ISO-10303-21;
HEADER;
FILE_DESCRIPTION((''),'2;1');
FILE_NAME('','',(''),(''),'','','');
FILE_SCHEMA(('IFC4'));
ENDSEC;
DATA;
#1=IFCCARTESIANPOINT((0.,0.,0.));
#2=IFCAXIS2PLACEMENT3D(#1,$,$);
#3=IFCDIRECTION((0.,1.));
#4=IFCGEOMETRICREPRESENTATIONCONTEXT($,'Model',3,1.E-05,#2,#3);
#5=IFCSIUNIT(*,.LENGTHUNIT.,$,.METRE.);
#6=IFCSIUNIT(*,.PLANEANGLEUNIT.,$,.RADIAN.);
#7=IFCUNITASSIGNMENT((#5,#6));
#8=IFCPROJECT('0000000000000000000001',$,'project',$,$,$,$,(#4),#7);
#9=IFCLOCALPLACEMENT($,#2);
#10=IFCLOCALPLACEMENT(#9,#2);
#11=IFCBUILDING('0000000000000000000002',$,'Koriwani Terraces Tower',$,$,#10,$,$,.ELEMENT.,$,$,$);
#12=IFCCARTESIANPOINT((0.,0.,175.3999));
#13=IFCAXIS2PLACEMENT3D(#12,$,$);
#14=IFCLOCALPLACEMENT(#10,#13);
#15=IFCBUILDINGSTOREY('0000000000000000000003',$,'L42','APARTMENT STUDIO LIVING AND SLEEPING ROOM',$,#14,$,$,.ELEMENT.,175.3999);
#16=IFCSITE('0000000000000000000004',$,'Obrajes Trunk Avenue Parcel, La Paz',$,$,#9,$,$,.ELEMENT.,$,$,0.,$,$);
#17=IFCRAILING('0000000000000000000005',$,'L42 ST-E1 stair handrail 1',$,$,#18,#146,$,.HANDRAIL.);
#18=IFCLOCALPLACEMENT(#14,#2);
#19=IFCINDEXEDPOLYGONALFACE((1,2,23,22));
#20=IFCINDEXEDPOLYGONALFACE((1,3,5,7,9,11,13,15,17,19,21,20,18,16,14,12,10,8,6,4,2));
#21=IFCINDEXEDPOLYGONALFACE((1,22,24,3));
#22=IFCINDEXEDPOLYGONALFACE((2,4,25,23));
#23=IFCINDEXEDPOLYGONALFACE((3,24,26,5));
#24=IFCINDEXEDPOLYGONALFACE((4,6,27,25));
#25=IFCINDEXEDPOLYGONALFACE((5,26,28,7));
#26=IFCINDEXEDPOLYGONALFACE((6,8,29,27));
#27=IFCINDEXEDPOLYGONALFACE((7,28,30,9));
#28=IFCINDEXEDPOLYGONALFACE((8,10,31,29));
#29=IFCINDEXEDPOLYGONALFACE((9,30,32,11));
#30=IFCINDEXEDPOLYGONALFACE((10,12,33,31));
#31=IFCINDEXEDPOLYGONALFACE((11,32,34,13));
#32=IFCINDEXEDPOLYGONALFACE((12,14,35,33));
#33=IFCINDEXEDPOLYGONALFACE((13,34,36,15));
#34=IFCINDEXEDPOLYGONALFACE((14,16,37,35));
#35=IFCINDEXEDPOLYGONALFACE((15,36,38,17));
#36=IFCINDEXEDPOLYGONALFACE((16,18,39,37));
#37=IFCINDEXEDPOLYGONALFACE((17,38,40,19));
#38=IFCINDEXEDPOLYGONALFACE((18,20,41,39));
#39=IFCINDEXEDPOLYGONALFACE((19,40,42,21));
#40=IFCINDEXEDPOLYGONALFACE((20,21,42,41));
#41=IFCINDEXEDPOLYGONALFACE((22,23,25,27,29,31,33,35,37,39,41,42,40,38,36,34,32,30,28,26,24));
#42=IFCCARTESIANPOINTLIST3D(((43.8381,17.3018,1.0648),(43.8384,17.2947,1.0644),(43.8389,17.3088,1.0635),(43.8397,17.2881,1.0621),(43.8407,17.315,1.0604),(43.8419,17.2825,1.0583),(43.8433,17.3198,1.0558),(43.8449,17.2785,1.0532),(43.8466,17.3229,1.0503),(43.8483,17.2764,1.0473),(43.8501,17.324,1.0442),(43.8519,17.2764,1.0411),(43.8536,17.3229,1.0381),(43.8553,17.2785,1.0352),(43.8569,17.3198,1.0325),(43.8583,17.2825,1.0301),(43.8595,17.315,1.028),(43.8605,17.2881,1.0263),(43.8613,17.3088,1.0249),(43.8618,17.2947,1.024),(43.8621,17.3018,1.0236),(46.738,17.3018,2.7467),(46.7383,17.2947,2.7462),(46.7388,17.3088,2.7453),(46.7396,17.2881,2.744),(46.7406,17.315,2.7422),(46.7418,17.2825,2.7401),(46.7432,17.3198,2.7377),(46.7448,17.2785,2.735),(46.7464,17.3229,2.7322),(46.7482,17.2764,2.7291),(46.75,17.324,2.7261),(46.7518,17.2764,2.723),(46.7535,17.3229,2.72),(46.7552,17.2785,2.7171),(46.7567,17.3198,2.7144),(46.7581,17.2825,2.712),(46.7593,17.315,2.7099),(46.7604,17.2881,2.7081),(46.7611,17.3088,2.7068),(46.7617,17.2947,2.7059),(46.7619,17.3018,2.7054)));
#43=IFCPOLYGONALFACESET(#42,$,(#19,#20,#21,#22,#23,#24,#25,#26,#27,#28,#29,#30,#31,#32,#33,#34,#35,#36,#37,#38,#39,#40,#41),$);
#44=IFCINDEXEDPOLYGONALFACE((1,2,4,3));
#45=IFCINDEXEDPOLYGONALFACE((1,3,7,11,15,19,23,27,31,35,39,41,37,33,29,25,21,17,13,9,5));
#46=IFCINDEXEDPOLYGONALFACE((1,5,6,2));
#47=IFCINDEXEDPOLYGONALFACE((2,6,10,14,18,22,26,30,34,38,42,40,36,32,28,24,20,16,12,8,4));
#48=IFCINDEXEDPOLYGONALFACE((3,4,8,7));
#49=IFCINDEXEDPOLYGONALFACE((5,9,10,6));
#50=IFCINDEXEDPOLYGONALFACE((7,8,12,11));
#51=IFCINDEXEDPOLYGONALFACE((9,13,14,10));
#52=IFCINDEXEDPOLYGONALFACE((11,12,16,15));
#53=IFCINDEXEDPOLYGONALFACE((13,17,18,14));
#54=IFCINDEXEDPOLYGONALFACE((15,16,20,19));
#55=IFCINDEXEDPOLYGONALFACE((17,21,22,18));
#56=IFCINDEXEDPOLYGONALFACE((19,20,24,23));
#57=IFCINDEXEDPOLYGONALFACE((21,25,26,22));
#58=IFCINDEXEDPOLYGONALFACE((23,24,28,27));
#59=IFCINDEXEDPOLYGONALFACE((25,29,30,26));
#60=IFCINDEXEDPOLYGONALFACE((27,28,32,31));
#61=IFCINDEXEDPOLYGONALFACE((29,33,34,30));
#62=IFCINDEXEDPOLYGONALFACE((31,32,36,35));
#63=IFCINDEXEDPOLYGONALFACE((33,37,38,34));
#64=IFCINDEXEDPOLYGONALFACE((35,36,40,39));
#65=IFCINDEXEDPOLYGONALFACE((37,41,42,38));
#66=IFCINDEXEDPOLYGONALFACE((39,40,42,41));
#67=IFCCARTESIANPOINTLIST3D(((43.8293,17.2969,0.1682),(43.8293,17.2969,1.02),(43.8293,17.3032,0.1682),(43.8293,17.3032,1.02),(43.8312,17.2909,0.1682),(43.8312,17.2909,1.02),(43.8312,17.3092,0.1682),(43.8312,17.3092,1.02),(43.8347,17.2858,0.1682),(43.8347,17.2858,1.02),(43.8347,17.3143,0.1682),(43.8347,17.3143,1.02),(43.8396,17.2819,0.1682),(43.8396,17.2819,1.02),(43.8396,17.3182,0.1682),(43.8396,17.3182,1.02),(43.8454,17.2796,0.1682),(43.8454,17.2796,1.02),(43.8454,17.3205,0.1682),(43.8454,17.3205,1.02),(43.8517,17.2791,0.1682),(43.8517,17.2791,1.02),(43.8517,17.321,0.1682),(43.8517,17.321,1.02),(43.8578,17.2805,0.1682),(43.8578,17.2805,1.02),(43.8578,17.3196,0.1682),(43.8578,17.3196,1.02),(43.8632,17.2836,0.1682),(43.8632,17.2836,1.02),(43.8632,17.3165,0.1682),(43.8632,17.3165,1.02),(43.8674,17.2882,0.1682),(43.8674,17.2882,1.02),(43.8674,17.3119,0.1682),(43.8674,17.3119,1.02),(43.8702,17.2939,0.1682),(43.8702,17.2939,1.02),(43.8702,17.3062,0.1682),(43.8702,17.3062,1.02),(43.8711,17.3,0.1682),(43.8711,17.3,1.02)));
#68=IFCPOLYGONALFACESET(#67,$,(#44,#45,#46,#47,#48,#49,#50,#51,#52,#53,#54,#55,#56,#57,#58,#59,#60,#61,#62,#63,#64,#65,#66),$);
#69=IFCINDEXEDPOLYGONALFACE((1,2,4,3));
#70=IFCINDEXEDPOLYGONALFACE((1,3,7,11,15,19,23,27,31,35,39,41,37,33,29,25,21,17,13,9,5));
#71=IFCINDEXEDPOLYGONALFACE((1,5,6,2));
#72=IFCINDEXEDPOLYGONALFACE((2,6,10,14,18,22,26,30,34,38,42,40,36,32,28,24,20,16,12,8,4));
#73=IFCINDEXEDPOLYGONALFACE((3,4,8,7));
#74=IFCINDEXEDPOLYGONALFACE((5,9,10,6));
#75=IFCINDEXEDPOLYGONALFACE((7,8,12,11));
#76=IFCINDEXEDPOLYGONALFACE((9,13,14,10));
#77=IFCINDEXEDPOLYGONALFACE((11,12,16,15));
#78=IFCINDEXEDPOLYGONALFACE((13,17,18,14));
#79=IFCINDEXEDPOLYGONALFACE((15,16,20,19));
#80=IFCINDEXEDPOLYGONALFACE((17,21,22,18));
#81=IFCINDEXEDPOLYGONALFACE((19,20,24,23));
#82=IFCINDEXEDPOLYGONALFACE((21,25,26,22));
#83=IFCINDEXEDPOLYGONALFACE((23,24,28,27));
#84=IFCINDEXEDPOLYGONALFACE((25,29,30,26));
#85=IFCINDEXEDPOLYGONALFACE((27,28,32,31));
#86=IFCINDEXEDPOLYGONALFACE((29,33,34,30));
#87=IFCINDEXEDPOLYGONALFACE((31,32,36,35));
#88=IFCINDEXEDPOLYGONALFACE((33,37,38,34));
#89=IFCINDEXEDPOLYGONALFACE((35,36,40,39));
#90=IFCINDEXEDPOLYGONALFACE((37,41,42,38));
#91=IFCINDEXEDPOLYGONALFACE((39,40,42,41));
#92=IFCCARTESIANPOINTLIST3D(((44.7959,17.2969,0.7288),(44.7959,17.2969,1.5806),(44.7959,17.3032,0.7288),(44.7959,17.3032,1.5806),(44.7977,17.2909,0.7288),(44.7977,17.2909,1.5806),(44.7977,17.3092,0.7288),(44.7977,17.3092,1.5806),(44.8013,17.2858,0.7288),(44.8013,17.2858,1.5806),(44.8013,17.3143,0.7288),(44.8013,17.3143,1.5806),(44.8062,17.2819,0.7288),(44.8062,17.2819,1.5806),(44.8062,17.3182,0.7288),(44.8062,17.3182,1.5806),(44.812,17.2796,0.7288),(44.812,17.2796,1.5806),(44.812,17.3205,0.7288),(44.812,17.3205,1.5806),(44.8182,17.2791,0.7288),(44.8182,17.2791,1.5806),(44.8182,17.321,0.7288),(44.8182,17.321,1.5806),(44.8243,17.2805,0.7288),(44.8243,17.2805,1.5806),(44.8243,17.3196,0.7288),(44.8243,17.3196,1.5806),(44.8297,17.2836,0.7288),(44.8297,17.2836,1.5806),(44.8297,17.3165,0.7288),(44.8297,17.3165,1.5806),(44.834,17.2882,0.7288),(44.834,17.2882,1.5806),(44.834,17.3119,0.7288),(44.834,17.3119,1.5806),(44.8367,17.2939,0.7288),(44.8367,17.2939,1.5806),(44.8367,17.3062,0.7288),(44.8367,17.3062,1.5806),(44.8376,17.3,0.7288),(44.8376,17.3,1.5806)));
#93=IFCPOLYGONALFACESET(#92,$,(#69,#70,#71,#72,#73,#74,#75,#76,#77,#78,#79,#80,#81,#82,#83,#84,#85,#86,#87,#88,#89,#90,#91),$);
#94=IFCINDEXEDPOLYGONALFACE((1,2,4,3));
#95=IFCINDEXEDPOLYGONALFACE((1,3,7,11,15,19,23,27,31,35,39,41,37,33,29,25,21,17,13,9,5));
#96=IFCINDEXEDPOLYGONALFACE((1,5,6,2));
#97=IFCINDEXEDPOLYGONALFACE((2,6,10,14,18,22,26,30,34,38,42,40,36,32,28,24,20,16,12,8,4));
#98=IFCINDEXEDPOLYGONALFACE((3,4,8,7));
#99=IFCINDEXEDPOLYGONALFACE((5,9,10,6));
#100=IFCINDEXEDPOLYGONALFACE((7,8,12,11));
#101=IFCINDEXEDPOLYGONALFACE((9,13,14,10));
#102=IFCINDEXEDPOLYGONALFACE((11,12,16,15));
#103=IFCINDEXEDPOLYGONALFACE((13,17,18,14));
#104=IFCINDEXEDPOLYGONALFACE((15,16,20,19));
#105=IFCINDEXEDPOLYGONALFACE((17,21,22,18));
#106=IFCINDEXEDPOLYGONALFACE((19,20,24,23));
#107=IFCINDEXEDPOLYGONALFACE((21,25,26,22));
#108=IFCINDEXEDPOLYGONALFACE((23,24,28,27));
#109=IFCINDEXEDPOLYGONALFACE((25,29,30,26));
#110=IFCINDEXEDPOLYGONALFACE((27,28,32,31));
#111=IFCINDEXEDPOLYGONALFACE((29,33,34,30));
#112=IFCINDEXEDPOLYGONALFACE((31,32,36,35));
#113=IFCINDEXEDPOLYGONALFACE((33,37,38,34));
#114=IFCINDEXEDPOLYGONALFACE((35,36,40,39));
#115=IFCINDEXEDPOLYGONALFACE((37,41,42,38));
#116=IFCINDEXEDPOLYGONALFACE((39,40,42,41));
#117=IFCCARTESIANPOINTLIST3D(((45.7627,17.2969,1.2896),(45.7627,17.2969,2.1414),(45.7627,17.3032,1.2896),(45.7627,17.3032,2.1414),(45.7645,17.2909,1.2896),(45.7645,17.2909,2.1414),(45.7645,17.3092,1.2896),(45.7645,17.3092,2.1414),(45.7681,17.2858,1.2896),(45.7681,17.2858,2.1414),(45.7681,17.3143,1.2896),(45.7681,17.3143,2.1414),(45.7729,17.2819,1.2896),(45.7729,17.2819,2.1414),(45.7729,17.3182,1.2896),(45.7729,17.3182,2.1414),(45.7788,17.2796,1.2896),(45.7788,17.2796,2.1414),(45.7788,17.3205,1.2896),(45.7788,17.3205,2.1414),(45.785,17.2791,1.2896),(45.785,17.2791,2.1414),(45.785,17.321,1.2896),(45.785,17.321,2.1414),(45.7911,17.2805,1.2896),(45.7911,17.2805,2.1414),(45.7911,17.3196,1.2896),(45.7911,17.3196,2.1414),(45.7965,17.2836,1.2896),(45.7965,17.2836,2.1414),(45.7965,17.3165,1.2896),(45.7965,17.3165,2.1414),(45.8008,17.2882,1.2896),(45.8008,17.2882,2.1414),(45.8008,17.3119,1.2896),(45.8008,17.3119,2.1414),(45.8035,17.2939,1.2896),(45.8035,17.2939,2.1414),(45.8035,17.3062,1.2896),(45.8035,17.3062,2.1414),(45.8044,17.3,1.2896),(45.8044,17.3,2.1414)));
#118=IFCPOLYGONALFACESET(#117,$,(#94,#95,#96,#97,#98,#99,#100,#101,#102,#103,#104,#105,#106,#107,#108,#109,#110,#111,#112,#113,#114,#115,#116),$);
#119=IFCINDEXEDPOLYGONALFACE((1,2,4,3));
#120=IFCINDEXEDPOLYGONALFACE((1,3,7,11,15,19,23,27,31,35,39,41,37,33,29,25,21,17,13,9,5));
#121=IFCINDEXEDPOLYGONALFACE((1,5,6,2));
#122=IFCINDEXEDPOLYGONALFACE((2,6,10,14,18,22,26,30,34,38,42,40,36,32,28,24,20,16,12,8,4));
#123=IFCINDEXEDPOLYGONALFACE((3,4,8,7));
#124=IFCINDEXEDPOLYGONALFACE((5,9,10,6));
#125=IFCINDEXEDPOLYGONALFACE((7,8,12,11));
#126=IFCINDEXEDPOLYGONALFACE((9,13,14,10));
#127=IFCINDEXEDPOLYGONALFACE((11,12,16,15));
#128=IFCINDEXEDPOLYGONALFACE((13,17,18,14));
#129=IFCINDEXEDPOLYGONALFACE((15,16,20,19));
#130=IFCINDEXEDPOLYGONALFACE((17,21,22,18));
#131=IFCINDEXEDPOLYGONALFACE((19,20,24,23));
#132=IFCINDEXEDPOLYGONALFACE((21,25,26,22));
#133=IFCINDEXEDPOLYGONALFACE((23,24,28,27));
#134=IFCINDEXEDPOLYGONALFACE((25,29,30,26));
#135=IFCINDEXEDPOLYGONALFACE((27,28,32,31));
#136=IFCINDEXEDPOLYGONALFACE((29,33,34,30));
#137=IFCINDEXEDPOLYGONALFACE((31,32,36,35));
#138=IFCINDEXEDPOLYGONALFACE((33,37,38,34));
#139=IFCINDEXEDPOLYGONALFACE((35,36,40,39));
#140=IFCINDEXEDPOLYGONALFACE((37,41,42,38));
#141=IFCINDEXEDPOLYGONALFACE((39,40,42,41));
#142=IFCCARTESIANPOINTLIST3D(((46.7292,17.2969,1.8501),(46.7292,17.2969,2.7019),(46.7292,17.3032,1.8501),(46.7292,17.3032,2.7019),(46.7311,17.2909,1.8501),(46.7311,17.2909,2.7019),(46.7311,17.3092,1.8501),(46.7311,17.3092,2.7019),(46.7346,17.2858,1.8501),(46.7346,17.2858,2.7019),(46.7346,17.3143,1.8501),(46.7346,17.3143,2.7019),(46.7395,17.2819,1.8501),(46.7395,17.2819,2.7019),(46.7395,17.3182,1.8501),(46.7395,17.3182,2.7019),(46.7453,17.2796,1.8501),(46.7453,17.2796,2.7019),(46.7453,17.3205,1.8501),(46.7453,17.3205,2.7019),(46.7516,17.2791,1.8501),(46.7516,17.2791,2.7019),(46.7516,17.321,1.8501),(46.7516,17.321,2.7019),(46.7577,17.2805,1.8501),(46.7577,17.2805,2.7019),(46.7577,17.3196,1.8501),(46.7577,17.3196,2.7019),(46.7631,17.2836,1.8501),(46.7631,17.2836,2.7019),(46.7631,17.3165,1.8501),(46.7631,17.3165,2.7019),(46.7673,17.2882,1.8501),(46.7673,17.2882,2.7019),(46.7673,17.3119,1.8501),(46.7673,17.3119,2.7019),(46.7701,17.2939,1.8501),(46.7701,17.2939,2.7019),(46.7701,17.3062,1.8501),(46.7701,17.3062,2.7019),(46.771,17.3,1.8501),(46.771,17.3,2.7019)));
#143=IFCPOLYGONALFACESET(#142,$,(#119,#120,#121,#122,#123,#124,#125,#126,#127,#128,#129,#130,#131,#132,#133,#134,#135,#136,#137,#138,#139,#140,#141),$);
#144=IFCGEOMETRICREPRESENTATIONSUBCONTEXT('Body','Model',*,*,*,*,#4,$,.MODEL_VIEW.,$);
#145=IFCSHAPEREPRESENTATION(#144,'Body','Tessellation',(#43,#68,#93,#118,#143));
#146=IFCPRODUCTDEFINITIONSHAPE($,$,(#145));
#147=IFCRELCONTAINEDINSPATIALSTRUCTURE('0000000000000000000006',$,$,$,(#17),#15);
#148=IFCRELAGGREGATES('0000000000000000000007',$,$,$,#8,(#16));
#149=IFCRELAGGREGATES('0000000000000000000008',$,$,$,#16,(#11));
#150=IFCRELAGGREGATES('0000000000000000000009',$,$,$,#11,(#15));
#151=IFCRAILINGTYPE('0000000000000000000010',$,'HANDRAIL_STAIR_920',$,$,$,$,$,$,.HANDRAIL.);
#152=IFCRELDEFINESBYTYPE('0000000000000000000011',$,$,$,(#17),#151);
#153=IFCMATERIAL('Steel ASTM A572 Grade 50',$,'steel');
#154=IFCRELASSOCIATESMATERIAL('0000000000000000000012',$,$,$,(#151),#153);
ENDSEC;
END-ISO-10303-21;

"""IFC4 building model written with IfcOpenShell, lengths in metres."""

from ifc_helpers import new_model, si_unit, direction, frame, origin, origin_2d, place, context, subcontext, project, spatial, circle, extrude, material, type_object, element, save


model = new_model("IFC4")

# Units and contexts
model_context = context("Model", 3, precision=1e-05, world=origin(), true_north=direction((0.0, 1.0)))
body_context = subcontext(model_context, "Body", "Model", "MODEL_VIEW")
ifc_project = project(units=[si_unit("LENGTHUNIT", "METRE"), si_unit("PLANEANGLEUNIT", "RADIAN")], contexts=[model_context])

# Site, building, storey
site_placement = place(None, origin())
site = spatial("IfcSite", under=ifc_project, at=site_placement, Name="Obrajes Trunk Avenue Parcel, La Paz", CompositionType="ELEMENT", RefElevation=0.0)
building_placement = place(site_placement, origin())
building = spatial("IfcBuilding", under=site, at=building_placement, Name="Koriwani Terraces Tower", CompositionType="ELEMENT")
storey_placement = place(building_placement, frame((0.0, 0.0, 175.3999)))
storey = spatial("IfcBuildingStorey", under=building, at=storey_placement, Name="L42", Description="APARTMENT STUDIO LIVING AND SLEEPING ROOM", CompositionType="ELEMENT", Elevation=175.3999)

# Shared definitions
ifc_material_1 = material(Name="Steel ASTM A572 Grade 50", Category="steel")

# Railing
railing_type = type_object("IfcRailingType", Name="HANDRAIL_STAIR_920", PredefinedType="HANDRAIL", material=ifc_material_1)
for number, where, name in (
    (1, (43.8501, 17.3, 0.1682), "L42 ST-E1 stair handrail 1"),
):
    element("IfcRailing", number, at=place(storey_placement, frame(where)), inside=storey, type_object=railing_type, Name=name, PredefinedType="HANDRAIL", context=body_context, shape_type="SweptSolid", body=[
        extrude(circle(Radius=0.0239, at=origin_2d()), frame((0.0, 0.0, 0.876), z_axis=(0.865039, 0.0, 0.501705), x_axis=(0.0, 1.0, 0.0)), (0.0, 0.0, 1.0), 3.3523),
        extrude(circle(Radius=0.021, at=origin_2d()), origin(), (0.0, 0.0, 1.0), 0.8518),
        extrude(circle(Radius=0.021, at=origin_2d()), frame((0.9666, 0.0, 0.5605)), (0.0, 0.0, 1.0), 0.8518),
        extrude(circle(Radius=0.021, at=origin_2d()), frame((1.9333, 0.0, 1.1213)), (0.0, 0.0, 1.0), 0.8518),
        extrude(circle(Radius=0.021, at=origin_2d()), frame((2.8999, 0.0, 1.6819)), (0.0, 0.0, 1.0), 0.8518),
    ])

save(model, "model.ifc")
